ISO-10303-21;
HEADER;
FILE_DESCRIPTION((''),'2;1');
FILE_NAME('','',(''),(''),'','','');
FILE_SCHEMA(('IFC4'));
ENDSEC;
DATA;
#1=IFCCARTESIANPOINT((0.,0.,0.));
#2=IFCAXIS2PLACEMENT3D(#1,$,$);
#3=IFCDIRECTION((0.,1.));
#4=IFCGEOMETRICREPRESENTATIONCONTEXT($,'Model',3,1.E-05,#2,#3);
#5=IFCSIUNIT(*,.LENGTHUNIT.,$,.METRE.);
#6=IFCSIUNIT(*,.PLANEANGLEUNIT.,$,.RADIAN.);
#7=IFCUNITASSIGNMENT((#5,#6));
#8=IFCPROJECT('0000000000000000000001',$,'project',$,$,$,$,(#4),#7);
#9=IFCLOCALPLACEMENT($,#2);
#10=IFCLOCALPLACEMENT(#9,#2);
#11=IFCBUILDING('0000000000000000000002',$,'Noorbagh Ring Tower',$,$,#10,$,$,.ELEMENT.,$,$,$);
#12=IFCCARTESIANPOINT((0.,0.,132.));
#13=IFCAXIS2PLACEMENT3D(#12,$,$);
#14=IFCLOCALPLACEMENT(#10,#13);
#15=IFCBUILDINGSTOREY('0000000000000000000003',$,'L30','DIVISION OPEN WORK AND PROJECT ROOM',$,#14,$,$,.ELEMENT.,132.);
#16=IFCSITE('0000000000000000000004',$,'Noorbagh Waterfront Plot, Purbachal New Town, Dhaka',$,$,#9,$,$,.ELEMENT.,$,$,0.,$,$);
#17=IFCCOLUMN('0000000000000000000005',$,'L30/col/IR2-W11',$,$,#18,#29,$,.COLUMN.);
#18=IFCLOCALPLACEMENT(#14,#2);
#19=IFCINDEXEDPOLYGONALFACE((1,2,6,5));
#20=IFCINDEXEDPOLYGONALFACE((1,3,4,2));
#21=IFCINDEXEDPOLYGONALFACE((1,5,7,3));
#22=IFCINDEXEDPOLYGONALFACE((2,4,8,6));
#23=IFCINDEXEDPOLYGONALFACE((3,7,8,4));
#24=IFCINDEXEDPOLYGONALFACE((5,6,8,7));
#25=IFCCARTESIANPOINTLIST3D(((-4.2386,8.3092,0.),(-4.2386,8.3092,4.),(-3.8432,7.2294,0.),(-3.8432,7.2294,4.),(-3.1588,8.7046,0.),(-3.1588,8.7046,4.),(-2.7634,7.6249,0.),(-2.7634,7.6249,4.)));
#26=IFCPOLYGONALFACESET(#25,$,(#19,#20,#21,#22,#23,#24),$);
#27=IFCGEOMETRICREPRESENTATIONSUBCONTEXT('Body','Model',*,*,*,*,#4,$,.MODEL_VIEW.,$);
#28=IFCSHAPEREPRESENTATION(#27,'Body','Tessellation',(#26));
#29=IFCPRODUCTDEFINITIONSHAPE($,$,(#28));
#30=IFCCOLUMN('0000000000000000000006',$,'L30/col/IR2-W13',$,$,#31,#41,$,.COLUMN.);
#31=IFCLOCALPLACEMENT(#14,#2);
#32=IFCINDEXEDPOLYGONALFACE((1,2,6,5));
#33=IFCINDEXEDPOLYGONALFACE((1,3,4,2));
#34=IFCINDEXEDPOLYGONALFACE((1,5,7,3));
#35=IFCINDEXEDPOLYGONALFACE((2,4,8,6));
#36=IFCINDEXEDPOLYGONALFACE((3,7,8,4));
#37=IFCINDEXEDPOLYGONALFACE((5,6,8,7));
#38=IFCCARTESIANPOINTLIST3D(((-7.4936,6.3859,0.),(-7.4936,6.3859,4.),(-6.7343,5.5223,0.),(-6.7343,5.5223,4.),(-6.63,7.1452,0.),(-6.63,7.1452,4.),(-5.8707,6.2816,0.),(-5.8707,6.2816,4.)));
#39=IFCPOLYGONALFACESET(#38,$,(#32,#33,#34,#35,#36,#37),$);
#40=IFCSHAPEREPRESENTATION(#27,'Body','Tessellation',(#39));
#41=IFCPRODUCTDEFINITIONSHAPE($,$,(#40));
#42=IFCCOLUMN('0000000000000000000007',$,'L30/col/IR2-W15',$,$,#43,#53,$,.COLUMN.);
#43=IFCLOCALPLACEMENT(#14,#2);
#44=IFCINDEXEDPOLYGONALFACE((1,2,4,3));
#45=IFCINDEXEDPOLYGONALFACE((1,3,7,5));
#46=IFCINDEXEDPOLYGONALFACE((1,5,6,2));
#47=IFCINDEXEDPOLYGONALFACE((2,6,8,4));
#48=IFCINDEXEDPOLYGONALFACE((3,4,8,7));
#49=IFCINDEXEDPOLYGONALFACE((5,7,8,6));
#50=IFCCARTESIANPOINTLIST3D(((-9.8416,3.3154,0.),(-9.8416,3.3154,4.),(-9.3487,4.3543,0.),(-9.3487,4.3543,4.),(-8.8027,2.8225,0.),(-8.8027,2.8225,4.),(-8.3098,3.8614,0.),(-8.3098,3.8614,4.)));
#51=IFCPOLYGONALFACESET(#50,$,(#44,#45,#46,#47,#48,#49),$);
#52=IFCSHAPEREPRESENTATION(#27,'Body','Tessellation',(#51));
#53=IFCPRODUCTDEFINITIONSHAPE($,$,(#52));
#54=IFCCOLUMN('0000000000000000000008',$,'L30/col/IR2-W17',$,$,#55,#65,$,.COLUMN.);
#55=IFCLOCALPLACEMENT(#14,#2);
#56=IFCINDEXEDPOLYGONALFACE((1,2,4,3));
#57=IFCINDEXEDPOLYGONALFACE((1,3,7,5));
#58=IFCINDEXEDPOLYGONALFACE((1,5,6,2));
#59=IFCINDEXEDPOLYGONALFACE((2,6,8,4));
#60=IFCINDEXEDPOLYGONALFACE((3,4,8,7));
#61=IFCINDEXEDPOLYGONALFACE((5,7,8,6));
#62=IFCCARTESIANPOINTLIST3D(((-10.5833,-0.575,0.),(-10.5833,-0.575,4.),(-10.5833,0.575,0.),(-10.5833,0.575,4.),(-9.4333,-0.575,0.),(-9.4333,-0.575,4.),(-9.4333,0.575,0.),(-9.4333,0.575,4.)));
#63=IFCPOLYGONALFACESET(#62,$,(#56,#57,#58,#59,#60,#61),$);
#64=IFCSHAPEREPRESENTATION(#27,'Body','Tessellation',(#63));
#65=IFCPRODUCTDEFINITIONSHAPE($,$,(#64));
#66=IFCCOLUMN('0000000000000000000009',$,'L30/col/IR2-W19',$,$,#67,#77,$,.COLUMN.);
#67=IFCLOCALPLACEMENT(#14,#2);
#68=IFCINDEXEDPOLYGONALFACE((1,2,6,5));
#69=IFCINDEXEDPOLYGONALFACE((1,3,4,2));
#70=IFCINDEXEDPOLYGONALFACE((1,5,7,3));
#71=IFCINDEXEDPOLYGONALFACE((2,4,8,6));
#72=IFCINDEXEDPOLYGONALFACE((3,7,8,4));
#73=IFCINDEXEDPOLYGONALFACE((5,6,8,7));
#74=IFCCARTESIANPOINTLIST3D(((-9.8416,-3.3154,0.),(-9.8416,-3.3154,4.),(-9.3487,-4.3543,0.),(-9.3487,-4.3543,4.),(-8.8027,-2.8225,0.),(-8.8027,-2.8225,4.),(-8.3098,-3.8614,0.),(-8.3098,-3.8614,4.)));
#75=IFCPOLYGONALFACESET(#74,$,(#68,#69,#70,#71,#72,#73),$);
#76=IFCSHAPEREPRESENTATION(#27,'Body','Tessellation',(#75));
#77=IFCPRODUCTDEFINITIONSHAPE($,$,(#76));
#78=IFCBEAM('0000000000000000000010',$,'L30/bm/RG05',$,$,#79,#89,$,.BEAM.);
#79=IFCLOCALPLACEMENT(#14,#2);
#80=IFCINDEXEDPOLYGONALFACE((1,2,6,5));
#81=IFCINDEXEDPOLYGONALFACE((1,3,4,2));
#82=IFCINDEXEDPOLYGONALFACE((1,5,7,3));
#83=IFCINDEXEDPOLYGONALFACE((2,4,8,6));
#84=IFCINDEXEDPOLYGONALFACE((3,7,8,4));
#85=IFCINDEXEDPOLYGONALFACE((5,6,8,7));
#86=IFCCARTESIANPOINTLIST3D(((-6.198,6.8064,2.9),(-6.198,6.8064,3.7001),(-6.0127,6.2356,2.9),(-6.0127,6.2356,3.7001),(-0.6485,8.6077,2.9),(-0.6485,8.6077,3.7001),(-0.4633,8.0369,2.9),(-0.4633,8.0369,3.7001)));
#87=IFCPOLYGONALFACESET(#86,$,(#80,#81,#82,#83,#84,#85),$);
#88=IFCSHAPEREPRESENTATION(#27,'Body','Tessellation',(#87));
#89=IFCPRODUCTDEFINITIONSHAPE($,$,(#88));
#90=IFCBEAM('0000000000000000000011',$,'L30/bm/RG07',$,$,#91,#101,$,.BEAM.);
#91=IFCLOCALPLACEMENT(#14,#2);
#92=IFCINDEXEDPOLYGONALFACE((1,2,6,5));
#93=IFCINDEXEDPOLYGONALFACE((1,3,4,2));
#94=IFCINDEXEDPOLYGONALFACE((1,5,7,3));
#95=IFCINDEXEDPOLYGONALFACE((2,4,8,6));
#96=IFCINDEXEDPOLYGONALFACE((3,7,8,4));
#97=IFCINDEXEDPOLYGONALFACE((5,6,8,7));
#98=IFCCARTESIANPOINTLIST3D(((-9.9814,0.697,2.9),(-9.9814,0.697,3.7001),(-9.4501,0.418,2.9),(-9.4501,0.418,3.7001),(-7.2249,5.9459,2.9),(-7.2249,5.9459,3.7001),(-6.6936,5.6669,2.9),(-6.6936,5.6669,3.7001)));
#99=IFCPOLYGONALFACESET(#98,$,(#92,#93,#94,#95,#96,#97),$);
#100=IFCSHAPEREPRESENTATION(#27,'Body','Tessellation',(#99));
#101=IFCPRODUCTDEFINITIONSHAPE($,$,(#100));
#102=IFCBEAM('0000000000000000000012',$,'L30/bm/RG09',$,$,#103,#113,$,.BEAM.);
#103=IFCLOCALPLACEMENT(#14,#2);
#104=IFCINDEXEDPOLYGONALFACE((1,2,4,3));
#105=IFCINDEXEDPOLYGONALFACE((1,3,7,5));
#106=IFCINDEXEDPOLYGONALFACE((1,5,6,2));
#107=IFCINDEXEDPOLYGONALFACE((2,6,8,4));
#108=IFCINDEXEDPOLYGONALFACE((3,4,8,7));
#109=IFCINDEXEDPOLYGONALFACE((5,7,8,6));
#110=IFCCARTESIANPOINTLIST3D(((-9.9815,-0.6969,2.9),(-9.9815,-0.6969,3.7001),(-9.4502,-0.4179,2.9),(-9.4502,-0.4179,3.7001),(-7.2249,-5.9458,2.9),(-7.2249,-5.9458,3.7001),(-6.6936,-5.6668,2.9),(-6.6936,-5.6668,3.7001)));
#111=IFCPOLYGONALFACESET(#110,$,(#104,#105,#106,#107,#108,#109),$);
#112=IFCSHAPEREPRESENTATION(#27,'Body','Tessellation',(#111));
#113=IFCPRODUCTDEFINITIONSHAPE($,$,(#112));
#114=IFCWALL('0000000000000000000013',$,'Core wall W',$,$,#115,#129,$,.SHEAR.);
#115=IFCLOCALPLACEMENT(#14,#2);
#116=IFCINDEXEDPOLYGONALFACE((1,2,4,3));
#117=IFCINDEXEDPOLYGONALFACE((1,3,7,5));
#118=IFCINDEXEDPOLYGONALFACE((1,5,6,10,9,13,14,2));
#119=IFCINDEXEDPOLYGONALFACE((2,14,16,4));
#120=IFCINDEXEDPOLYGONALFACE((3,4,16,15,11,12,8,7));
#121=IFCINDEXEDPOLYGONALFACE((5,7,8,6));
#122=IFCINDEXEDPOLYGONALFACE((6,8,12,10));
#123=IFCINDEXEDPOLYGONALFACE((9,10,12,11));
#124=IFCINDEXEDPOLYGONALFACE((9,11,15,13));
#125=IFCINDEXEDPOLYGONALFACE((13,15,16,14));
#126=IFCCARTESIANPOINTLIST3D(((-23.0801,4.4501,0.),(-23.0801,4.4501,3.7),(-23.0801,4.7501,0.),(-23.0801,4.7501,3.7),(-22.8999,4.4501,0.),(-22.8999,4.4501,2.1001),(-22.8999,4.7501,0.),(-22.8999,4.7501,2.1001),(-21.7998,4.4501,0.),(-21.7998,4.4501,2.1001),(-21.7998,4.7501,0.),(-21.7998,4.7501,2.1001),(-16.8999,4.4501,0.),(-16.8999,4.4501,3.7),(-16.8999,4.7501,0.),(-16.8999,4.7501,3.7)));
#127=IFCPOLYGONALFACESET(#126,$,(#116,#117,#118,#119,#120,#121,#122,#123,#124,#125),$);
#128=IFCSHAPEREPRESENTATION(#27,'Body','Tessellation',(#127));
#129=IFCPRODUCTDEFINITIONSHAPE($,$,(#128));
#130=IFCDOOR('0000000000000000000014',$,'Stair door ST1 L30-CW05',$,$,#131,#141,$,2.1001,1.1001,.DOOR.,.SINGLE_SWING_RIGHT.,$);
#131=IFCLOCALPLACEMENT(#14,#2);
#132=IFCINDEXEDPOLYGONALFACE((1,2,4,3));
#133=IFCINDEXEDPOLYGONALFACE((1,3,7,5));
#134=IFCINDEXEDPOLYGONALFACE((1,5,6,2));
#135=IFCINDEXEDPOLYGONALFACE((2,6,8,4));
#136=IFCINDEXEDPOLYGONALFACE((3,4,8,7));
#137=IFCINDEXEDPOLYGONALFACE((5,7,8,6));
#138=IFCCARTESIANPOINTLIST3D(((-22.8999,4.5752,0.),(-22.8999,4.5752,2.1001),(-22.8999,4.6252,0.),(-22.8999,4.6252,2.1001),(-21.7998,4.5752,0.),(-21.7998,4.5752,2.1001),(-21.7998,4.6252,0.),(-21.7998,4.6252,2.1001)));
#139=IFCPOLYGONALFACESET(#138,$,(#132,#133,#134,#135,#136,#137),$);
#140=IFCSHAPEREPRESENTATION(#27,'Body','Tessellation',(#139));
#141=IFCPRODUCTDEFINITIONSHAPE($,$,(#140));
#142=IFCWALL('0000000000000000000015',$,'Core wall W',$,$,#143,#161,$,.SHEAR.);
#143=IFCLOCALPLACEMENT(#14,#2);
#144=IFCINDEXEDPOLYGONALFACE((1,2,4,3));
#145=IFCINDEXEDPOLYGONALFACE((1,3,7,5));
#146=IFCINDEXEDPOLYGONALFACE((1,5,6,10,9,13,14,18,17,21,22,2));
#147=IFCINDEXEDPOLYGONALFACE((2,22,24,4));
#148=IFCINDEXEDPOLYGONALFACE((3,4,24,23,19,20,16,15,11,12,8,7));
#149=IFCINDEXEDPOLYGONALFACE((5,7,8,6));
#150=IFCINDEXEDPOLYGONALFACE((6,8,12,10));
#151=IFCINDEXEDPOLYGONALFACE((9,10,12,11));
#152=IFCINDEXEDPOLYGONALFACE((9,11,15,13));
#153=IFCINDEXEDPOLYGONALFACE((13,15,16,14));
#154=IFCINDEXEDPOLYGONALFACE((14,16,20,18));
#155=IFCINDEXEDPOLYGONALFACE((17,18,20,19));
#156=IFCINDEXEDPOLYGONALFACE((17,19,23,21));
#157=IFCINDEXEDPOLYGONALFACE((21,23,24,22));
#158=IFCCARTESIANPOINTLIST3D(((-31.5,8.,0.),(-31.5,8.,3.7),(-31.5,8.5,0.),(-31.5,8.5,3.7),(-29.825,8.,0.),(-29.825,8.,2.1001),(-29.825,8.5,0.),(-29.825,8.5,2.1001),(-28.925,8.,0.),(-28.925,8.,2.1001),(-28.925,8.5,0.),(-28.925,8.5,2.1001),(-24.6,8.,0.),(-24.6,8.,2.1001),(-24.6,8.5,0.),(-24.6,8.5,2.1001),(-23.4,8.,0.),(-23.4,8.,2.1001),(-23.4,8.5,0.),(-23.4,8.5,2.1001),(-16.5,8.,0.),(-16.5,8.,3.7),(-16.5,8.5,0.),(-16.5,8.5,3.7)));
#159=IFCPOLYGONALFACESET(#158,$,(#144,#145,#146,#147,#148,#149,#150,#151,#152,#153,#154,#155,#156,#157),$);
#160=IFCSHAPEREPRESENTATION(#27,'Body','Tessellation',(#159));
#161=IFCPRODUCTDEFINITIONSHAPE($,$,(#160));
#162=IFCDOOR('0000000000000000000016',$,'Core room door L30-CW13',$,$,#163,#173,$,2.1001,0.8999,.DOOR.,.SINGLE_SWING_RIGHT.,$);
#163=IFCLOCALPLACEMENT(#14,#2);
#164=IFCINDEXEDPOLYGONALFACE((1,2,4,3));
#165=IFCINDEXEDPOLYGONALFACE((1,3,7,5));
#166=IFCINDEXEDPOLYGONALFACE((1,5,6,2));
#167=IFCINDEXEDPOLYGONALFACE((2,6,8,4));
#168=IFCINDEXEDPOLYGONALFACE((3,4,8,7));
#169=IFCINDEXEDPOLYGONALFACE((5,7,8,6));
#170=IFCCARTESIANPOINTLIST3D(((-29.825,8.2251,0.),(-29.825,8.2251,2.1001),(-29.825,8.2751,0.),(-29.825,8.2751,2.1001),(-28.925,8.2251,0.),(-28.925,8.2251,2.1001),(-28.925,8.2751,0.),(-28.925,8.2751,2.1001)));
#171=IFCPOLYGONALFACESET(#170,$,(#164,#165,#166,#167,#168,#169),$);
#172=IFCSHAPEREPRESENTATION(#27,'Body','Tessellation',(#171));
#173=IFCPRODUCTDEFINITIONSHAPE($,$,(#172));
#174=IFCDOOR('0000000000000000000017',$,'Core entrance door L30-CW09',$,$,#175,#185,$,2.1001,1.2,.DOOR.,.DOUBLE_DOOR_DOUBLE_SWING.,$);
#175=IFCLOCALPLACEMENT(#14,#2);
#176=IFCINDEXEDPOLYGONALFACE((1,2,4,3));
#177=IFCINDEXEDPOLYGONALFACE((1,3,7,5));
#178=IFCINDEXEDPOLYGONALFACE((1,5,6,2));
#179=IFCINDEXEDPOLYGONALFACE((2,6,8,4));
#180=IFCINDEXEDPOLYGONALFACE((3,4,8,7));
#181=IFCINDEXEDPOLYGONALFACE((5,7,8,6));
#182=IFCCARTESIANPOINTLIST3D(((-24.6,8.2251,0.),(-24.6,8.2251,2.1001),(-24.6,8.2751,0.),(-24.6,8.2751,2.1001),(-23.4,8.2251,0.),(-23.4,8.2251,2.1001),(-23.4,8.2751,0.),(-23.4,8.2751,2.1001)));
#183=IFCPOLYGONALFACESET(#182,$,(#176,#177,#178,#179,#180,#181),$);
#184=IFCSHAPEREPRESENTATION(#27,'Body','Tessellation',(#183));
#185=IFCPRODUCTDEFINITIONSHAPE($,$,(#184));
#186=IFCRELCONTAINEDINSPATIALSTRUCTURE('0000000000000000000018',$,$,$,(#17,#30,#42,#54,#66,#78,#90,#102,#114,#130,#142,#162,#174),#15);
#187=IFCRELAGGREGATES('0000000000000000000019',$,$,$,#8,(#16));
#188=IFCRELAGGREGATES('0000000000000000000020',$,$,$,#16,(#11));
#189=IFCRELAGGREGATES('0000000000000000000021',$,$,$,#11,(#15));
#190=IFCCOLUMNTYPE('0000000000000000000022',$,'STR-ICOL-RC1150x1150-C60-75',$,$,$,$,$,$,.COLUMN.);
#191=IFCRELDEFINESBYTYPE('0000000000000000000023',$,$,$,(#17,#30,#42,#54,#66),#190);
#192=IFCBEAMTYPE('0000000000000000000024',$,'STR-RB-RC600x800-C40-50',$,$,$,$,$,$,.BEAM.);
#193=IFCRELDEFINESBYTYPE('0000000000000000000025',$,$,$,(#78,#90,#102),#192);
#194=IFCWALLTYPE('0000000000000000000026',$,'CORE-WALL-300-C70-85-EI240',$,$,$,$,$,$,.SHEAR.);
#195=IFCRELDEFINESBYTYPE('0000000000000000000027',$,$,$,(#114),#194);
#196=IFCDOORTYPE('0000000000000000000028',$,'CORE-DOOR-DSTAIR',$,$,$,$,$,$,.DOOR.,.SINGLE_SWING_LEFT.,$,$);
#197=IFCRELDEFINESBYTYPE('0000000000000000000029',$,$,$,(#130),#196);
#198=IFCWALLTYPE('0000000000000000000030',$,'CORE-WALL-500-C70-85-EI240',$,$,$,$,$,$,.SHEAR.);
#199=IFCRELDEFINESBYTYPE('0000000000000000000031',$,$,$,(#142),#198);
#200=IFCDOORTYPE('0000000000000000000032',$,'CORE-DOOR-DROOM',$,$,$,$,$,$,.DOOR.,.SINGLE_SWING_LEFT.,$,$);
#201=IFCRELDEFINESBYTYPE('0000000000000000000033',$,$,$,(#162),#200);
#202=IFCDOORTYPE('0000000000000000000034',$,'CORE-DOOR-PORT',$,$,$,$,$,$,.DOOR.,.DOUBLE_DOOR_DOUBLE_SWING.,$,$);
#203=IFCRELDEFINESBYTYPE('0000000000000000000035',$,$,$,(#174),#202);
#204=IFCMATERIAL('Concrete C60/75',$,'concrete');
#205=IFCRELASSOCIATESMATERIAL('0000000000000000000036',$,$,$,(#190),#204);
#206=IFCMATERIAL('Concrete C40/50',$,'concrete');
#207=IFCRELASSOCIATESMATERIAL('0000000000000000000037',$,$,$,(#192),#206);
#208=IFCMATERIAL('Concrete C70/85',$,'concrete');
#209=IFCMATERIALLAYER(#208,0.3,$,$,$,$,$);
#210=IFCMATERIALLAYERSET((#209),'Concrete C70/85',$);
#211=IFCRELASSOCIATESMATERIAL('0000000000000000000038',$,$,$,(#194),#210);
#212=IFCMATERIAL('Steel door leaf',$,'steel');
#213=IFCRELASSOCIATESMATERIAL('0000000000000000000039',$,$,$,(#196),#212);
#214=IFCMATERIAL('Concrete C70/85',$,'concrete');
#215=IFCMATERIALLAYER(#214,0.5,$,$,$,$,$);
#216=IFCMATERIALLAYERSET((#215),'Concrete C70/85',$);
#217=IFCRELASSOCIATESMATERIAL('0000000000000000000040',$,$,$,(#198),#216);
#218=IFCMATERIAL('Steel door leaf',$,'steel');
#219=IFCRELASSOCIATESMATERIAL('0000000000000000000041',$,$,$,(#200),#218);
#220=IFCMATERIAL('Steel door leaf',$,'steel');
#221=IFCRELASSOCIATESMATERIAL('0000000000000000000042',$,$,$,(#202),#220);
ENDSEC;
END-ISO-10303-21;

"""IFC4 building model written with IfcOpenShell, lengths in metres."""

from ifc_helpers import new_model, si_unit, direction, frame, frame_2d, origin, origin_2d, place, context, subcontext, project, spatial, rectangle, extrude, material, layer, layer_set, material_profile, profile_set, type_object, element, fill, save


model = new_model("IFC4")

# Units and contexts
model_context = context("Model", 3, precision=1e-05, world=origin(), true_north=direction((0.0, 1.0)))
body_context = subcontext(model_context, "Body", "Model", "MODEL_VIEW")
ifc_project = project(units=[si_unit("LENGTHUNIT", "METRE"), si_unit("PLANEANGLEUNIT", "RADIAN")], contexts=[model_context])

# Site, building, storey
site_placement = place(None, origin())
site = spatial("IfcSite", under=ifc_project, at=site_placement, Name="Noorbagh Waterfront Plot, Purbachal New Town, Dhaka", CompositionType="ELEMENT", RefElevation=0.0)
building_placement = place(site_placement, origin())
building = spatial("IfcBuilding", under=site, at=building_placement, Name="Noorbagh Ring Tower", CompositionType="ELEMENT")
storey_placement = place(building_placement, frame((0.0, 0.0, 132.0)))
storey = spatial("IfcBuildingStorey", under=building, at=storey_placement, Name="L30", Description="DIVISION OPEN WORK AND PROJECT ROOM", CompositionType="ELEMENT", Elevation=132.0)

# Columns
ifc_material_1 = material(Name="Concrete C60/75", Category="concrete")
ifc_material_profile_1 = material_profile(ifc_material_1, rectangle(XDim=1.1499, YDim=1.1499, at=origin_2d()), Name="RC1150x1150")
ifc_profile_set_1 = profile_set([ifc_material_profile_1], Name="Concrete C60/75")
column_type = type_object("IfcColumnType", Name="STR-ICOL-RC1150x1150-C60-75", PredefinedType="COLUMN", material=ifc_profile_set_1)
for number, where, z_axis, x_axis, name in (
    (1, (-3.501, 7.967, 0.0), (0.0, 0.0, 1.0), (-0.93902, -0.343864, 0.0), "L30/col/IR2-W11"),
    (2, (-6.6821, 6.3337, 0.0), (0.0, 0.0, 1.0), (-0.751022, -0.660277, 0.0), "L30/col/IR2-W13"),
    (3, (-9.0757, 3.5884, 0.0), (0.0, 0.0, 1.0), (-0.428667, -0.903463, 0.0), "L30/col/IR2-W15"),
    (4, (-10.0083, 0.0, 0.0), (0.0, 0.0, 1.0), (0.0, -1.0, 0.0), "L30/col/IR2-W17"),
    (5, (-9.0757, -3.5884, 0.0), (0.0, 0.0, 1.0), (0.428667, -0.903463, 0.0), "L30/col/IR2-W19"),
):
    element("IfcColumn", number, at=place(storey_placement, frame(where, z_axis=z_axis, x_axis=x_axis)), inside=storey, type_object=column_type, Name=name, PredefinedType="COLUMN", context=body_context, shape_type="SweptSolid", body=[
        extrude(rectangle(XDim=1.1499, YDim=1.1499, at=origin_2d()), origin(), (0.0, 0.0, 1.0), 4.0),
    ])

# Beams
ifc_material_2 = material(Name="Concrete C40/50", Category="concrete")
ifc_material_profile_2 = material_profile(ifc_material_2, rectangle(XDim=0.6001, YDim=0.8, at=origin_2d()), Name="RC600x800")
ifc_profile_set_2 = profile_set([ifc_material_profile_2], Name="Concrete C40/50")
beam_type = type_object("IfcBeamType", Name="STR-RB-RC600x800-C40-50", PredefinedType="BEAM", material=ifc_profile_set_2)
beam_placement = place(storey_placement, frame((-0.5559, 8.3223, 3.3), z_axis=(-0.951152, -0.308724, 0.0), x_axis=(0.308724, -0.951152, 0.0)))
element("IfcBeam", 6, at=beam_placement, inside=storey, type_object=beam_type, Name="L30/bm/RG05", PredefinedType="BEAM", context=body_context, shape_type="SweptSolid", body=[
    extrude(rectangle(XDim=0.6001, YDim=0.8, at=origin_2d()), origin(), (0.0, 0.0, 1.0), 5.8345),
])
for number, where, z_axis, x_axis, name in (
    (7, (-6.9592, 5.8064, 3.3), (-0.464947, -0.885339, 0.0), (0.885339, -0.464947, 0.0), "L30/bm/RG07"),
    (8, (-9.7158, -0.5574, 3.3), (0.464947, -0.885339, 0.0), (0.885339, 0.464947, 0.0), "L30/bm/RG09"),
):
    element("IfcBeam", number, at=place(storey_placement, frame(where, z_axis=z_axis, x_axis=x_axis)), inside=storey, type_object=beam_type, Name=name, PredefinedType="BEAM", context=body_context, shape_type="SweptSolid", body=[
        extrude(rectangle(XDim=0.6001, YDim=0.8, at=origin_2d()), origin(), (0.0, 0.0, 1.0), 5.9287),
    ])

# Wall, opening, door
ifc_material_3 = material(Name="Concrete C70/85", Category="concrete")
ifc_layer_1 = layer(ifc_material_3, 0.3)
ifc_layer_set_1 = layer_set([ifc_layer_1], Name="Concrete C70/85")
wall_type_1 = type_object("IfcWallType", Name="CORE-WALL-300-C70-85-EI240", PredefinedType="SHEAR", material=ifc_layer_set_1)
wall_1_placement = place(storey_placement, frame((-16.8999, 4.6001, 0.0), z_axis=(0.0, 0.0, 1.0), x_axis=(-1.0, 0.0, 0.0)))
wall_1 = element("IfcWall", 9, at=wall_1_placement, inside=storey, type_object=wall_type_1, Name="Core wall W", PredefinedType="SHEAR", context=body_context, shape_type="SweptSolid", body=[
    extrude(rectangle(XDim=6.1802, YDim=0.3, at=frame_2d((3.0901, 0.0))), origin(), (0.0, 0.0, 1.0), 3.7),
])
opening_1_placement = place(wall_1_placement, frame((4.8999, 0.0, 0.0)))
opening_1 = element("IfcOpeningElement", 10, at=opening_1_placement, cuts=wall_1, PredefinedType="OPENING", context=body_context, shape_type="SweptSolid", body=[
    extrude(rectangle(XDim=1.1001, YDim=2.1001, at=frame_2d((0.55, 1.05))), frame((0.0, 0.1602, 0.0), z_axis=(0.0, -1.0, 0.0), x_axis=(1.0, 0.0, 0.0)), (0.0, 0.0, 1.0), 0.3201),
])
ifc_material_4 = material(Name="Steel door leaf", Category="steel")
door_type_1 = type_object("IfcDoorType", Name="CORE-DOOR-DSTAIR", OperationType="SINGLE_SWING_LEFT", PredefinedType="DOOR", material=ifc_material_4)
door_1_placement = place(opening_1_placement, origin())
door_1 = element("IfcDoor", 11, at=door_1_placement, inside=storey, type_object=door_type_1, Name="Stair door ST1 L30-CW05", OperationType="SINGLE_SWING_RIGHT", OverallHeight=2.1001, OverallWidth=1.1001, PredefinedType="DOOR", context=body_context, shape_type="SweptSolid", body=[
    extrude(rectangle(XDim=1.1001, YDim=2.1001, at=frame_2d((0.55, 1.05))), frame((0.0, 0.0249, 0.0), z_axis=(0.0, -1.0, 0.0), x_axis=(1.0, 0.0, 0.0)), (0.0, 0.0, 1.0), 0.05),
])
fill(opening_1, door_1)

# Wall, openings, doors
ifc_material_5 = material(Name="Concrete C70/85", Category="concrete")
ifc_layer_2 = layer(ifc_material_5, 0.5)
ifc_layer_set_2 = layer_set([ifc_layer_2], Name="Concrete C70/85")
wall_type_2 = type_object("IfcWallType", Name="CORE-WALL-500-C70-85-EI240", PredefinedType="SHEAR", material=ifc_layer_set_2)
wall_2_placement = place(storey_placement, frame((-16.5, 8.25, 0.0), z_axis=(0.0, 0.0, 1.0), x_axis=(-1.0, 0.0, 0.0)))
wall_2 = element("IfcWall", 12, at=wall_2_placement, inside=storey, type_object=wall_type_2, Name="Core wall W", PredefinedType="SHEAR", context=body_context, shape_type="SweptSolid", body=[
    extrude(rectangle(XDim=15.0, YDim=0.5, at=frame_2d((7.5, 0.0))), origin(), (0.0, 0.0, 1.0), 3.7),
])
opening_2_placement = place(wall_2_placement, frame((6.8999, 0.0, 0.0)))
opening_2 = element("IfcOpeningElement", 13, at=opening_2_placement, cuts=wall_2, PredefinedType="OPENING", context=body_context, shape_type="SweptSolid", body=[
    extrude(rectangle(XDim=1.2, YDim=2.1001, at=frame_2d((0.6001, 1.05))), frame((0.0, 0.26, 0.0), z_axis=(0.0, -1.0, 0.0), x_axis=(1.0, 0.0, 0.0)), (0.0, 0.0, 1.0), 0.52),
])
opening_3_placement = place(wall_2_placement, frame((12.425, 0.0, 0.0)))
opening_3 = element("IfcOpeningElement", 14, at=opening_3_placement, cuts=wall_2, PredefinedType="OPENING", context=body_context, shape_type="SweptSolid", body=[
    extrude(rectangle(XDim=0.8999, YDim=2.1001, at=frame_2d((0.45, 1.05))), frame((0.0, 0.26, 0.0), z_axis=(0.0, -1.0, 0.0), x_axis=(1.0, 0.0, 0.0)), (0.0, 0.0, 1.0), 0.52),
])
ifc_material_6 = material(Name="Steel door leaf", Category="steel")
door_type_2 = type_object("IfcDoorType", Name="CORE-DOOR-DROOM", OperationType="SINGLE_SWING_LEFT", PredefinedType="DOOR", material=ifc_material_6)
door_2_placement = place(opening_3_placement, origin())
door_2 = element("IfcDoor", 15, at=door_2_placement, inside=storey, type_object=door_type_2, Name="Core room door L30-CW13", OperationType="SINGLE_SWING_RIGHT", OverallHeight=2.1001, OverallWidth=0.8999, PredefinedType="DOOR", context=body_context, shape_type="SweptSolid", body=[
    extrude(rectangle(XDim=0.8999, YDim=2.1001, at=frame_2d((0.45, 1.05))), frame((0.0, 0.0249, 0.0), z_axis=(0.0, -1.0, 0.0), x_axis=(1.0, 0.0, 0.0)), (0.0, 0.0, 1.0), 0.05),
])
fill(opening_3, door_2)
ifc_material_7 = material(Name="Steel door leaf", Category="steel")
door_type_3 = type_object("IfcDoorType", Name="CORE-DOOR-PORT", OperationType="DOUBLE_DOOR_DOUBLE_SWING", PredefinedType="DOOR", material=ifc_material_7)
door_3_placement = place(opening_2_placement, origin())
door_3 = element("IfcDoor", 16, at=door_3_placement, inside=storey, type_object=door_type_3, Name="Core entrance door L30-CW09", OperationType="DOUBLE_DOOR_DOUBLE_SWING", OverallHeight=2.1001, OverallWidth=1.2, PredefinedType="DOOR", context=body_context, shape_type="SweptSolid", body=[
    extrude(rectangle(XDim=1.2, YDim=2.1001, at=frame_2d((0.6001, 1.05))), frame((0.0, 0.0249, 0.0), z_axis=(0.0, -1.0, 0.0), x_axis=(1.0, 0.0, 0.0)), (0.0, 0.0, 1.0), 0.05),
])
fill(opening_2, door_3)

save(model, "model.ifc")
